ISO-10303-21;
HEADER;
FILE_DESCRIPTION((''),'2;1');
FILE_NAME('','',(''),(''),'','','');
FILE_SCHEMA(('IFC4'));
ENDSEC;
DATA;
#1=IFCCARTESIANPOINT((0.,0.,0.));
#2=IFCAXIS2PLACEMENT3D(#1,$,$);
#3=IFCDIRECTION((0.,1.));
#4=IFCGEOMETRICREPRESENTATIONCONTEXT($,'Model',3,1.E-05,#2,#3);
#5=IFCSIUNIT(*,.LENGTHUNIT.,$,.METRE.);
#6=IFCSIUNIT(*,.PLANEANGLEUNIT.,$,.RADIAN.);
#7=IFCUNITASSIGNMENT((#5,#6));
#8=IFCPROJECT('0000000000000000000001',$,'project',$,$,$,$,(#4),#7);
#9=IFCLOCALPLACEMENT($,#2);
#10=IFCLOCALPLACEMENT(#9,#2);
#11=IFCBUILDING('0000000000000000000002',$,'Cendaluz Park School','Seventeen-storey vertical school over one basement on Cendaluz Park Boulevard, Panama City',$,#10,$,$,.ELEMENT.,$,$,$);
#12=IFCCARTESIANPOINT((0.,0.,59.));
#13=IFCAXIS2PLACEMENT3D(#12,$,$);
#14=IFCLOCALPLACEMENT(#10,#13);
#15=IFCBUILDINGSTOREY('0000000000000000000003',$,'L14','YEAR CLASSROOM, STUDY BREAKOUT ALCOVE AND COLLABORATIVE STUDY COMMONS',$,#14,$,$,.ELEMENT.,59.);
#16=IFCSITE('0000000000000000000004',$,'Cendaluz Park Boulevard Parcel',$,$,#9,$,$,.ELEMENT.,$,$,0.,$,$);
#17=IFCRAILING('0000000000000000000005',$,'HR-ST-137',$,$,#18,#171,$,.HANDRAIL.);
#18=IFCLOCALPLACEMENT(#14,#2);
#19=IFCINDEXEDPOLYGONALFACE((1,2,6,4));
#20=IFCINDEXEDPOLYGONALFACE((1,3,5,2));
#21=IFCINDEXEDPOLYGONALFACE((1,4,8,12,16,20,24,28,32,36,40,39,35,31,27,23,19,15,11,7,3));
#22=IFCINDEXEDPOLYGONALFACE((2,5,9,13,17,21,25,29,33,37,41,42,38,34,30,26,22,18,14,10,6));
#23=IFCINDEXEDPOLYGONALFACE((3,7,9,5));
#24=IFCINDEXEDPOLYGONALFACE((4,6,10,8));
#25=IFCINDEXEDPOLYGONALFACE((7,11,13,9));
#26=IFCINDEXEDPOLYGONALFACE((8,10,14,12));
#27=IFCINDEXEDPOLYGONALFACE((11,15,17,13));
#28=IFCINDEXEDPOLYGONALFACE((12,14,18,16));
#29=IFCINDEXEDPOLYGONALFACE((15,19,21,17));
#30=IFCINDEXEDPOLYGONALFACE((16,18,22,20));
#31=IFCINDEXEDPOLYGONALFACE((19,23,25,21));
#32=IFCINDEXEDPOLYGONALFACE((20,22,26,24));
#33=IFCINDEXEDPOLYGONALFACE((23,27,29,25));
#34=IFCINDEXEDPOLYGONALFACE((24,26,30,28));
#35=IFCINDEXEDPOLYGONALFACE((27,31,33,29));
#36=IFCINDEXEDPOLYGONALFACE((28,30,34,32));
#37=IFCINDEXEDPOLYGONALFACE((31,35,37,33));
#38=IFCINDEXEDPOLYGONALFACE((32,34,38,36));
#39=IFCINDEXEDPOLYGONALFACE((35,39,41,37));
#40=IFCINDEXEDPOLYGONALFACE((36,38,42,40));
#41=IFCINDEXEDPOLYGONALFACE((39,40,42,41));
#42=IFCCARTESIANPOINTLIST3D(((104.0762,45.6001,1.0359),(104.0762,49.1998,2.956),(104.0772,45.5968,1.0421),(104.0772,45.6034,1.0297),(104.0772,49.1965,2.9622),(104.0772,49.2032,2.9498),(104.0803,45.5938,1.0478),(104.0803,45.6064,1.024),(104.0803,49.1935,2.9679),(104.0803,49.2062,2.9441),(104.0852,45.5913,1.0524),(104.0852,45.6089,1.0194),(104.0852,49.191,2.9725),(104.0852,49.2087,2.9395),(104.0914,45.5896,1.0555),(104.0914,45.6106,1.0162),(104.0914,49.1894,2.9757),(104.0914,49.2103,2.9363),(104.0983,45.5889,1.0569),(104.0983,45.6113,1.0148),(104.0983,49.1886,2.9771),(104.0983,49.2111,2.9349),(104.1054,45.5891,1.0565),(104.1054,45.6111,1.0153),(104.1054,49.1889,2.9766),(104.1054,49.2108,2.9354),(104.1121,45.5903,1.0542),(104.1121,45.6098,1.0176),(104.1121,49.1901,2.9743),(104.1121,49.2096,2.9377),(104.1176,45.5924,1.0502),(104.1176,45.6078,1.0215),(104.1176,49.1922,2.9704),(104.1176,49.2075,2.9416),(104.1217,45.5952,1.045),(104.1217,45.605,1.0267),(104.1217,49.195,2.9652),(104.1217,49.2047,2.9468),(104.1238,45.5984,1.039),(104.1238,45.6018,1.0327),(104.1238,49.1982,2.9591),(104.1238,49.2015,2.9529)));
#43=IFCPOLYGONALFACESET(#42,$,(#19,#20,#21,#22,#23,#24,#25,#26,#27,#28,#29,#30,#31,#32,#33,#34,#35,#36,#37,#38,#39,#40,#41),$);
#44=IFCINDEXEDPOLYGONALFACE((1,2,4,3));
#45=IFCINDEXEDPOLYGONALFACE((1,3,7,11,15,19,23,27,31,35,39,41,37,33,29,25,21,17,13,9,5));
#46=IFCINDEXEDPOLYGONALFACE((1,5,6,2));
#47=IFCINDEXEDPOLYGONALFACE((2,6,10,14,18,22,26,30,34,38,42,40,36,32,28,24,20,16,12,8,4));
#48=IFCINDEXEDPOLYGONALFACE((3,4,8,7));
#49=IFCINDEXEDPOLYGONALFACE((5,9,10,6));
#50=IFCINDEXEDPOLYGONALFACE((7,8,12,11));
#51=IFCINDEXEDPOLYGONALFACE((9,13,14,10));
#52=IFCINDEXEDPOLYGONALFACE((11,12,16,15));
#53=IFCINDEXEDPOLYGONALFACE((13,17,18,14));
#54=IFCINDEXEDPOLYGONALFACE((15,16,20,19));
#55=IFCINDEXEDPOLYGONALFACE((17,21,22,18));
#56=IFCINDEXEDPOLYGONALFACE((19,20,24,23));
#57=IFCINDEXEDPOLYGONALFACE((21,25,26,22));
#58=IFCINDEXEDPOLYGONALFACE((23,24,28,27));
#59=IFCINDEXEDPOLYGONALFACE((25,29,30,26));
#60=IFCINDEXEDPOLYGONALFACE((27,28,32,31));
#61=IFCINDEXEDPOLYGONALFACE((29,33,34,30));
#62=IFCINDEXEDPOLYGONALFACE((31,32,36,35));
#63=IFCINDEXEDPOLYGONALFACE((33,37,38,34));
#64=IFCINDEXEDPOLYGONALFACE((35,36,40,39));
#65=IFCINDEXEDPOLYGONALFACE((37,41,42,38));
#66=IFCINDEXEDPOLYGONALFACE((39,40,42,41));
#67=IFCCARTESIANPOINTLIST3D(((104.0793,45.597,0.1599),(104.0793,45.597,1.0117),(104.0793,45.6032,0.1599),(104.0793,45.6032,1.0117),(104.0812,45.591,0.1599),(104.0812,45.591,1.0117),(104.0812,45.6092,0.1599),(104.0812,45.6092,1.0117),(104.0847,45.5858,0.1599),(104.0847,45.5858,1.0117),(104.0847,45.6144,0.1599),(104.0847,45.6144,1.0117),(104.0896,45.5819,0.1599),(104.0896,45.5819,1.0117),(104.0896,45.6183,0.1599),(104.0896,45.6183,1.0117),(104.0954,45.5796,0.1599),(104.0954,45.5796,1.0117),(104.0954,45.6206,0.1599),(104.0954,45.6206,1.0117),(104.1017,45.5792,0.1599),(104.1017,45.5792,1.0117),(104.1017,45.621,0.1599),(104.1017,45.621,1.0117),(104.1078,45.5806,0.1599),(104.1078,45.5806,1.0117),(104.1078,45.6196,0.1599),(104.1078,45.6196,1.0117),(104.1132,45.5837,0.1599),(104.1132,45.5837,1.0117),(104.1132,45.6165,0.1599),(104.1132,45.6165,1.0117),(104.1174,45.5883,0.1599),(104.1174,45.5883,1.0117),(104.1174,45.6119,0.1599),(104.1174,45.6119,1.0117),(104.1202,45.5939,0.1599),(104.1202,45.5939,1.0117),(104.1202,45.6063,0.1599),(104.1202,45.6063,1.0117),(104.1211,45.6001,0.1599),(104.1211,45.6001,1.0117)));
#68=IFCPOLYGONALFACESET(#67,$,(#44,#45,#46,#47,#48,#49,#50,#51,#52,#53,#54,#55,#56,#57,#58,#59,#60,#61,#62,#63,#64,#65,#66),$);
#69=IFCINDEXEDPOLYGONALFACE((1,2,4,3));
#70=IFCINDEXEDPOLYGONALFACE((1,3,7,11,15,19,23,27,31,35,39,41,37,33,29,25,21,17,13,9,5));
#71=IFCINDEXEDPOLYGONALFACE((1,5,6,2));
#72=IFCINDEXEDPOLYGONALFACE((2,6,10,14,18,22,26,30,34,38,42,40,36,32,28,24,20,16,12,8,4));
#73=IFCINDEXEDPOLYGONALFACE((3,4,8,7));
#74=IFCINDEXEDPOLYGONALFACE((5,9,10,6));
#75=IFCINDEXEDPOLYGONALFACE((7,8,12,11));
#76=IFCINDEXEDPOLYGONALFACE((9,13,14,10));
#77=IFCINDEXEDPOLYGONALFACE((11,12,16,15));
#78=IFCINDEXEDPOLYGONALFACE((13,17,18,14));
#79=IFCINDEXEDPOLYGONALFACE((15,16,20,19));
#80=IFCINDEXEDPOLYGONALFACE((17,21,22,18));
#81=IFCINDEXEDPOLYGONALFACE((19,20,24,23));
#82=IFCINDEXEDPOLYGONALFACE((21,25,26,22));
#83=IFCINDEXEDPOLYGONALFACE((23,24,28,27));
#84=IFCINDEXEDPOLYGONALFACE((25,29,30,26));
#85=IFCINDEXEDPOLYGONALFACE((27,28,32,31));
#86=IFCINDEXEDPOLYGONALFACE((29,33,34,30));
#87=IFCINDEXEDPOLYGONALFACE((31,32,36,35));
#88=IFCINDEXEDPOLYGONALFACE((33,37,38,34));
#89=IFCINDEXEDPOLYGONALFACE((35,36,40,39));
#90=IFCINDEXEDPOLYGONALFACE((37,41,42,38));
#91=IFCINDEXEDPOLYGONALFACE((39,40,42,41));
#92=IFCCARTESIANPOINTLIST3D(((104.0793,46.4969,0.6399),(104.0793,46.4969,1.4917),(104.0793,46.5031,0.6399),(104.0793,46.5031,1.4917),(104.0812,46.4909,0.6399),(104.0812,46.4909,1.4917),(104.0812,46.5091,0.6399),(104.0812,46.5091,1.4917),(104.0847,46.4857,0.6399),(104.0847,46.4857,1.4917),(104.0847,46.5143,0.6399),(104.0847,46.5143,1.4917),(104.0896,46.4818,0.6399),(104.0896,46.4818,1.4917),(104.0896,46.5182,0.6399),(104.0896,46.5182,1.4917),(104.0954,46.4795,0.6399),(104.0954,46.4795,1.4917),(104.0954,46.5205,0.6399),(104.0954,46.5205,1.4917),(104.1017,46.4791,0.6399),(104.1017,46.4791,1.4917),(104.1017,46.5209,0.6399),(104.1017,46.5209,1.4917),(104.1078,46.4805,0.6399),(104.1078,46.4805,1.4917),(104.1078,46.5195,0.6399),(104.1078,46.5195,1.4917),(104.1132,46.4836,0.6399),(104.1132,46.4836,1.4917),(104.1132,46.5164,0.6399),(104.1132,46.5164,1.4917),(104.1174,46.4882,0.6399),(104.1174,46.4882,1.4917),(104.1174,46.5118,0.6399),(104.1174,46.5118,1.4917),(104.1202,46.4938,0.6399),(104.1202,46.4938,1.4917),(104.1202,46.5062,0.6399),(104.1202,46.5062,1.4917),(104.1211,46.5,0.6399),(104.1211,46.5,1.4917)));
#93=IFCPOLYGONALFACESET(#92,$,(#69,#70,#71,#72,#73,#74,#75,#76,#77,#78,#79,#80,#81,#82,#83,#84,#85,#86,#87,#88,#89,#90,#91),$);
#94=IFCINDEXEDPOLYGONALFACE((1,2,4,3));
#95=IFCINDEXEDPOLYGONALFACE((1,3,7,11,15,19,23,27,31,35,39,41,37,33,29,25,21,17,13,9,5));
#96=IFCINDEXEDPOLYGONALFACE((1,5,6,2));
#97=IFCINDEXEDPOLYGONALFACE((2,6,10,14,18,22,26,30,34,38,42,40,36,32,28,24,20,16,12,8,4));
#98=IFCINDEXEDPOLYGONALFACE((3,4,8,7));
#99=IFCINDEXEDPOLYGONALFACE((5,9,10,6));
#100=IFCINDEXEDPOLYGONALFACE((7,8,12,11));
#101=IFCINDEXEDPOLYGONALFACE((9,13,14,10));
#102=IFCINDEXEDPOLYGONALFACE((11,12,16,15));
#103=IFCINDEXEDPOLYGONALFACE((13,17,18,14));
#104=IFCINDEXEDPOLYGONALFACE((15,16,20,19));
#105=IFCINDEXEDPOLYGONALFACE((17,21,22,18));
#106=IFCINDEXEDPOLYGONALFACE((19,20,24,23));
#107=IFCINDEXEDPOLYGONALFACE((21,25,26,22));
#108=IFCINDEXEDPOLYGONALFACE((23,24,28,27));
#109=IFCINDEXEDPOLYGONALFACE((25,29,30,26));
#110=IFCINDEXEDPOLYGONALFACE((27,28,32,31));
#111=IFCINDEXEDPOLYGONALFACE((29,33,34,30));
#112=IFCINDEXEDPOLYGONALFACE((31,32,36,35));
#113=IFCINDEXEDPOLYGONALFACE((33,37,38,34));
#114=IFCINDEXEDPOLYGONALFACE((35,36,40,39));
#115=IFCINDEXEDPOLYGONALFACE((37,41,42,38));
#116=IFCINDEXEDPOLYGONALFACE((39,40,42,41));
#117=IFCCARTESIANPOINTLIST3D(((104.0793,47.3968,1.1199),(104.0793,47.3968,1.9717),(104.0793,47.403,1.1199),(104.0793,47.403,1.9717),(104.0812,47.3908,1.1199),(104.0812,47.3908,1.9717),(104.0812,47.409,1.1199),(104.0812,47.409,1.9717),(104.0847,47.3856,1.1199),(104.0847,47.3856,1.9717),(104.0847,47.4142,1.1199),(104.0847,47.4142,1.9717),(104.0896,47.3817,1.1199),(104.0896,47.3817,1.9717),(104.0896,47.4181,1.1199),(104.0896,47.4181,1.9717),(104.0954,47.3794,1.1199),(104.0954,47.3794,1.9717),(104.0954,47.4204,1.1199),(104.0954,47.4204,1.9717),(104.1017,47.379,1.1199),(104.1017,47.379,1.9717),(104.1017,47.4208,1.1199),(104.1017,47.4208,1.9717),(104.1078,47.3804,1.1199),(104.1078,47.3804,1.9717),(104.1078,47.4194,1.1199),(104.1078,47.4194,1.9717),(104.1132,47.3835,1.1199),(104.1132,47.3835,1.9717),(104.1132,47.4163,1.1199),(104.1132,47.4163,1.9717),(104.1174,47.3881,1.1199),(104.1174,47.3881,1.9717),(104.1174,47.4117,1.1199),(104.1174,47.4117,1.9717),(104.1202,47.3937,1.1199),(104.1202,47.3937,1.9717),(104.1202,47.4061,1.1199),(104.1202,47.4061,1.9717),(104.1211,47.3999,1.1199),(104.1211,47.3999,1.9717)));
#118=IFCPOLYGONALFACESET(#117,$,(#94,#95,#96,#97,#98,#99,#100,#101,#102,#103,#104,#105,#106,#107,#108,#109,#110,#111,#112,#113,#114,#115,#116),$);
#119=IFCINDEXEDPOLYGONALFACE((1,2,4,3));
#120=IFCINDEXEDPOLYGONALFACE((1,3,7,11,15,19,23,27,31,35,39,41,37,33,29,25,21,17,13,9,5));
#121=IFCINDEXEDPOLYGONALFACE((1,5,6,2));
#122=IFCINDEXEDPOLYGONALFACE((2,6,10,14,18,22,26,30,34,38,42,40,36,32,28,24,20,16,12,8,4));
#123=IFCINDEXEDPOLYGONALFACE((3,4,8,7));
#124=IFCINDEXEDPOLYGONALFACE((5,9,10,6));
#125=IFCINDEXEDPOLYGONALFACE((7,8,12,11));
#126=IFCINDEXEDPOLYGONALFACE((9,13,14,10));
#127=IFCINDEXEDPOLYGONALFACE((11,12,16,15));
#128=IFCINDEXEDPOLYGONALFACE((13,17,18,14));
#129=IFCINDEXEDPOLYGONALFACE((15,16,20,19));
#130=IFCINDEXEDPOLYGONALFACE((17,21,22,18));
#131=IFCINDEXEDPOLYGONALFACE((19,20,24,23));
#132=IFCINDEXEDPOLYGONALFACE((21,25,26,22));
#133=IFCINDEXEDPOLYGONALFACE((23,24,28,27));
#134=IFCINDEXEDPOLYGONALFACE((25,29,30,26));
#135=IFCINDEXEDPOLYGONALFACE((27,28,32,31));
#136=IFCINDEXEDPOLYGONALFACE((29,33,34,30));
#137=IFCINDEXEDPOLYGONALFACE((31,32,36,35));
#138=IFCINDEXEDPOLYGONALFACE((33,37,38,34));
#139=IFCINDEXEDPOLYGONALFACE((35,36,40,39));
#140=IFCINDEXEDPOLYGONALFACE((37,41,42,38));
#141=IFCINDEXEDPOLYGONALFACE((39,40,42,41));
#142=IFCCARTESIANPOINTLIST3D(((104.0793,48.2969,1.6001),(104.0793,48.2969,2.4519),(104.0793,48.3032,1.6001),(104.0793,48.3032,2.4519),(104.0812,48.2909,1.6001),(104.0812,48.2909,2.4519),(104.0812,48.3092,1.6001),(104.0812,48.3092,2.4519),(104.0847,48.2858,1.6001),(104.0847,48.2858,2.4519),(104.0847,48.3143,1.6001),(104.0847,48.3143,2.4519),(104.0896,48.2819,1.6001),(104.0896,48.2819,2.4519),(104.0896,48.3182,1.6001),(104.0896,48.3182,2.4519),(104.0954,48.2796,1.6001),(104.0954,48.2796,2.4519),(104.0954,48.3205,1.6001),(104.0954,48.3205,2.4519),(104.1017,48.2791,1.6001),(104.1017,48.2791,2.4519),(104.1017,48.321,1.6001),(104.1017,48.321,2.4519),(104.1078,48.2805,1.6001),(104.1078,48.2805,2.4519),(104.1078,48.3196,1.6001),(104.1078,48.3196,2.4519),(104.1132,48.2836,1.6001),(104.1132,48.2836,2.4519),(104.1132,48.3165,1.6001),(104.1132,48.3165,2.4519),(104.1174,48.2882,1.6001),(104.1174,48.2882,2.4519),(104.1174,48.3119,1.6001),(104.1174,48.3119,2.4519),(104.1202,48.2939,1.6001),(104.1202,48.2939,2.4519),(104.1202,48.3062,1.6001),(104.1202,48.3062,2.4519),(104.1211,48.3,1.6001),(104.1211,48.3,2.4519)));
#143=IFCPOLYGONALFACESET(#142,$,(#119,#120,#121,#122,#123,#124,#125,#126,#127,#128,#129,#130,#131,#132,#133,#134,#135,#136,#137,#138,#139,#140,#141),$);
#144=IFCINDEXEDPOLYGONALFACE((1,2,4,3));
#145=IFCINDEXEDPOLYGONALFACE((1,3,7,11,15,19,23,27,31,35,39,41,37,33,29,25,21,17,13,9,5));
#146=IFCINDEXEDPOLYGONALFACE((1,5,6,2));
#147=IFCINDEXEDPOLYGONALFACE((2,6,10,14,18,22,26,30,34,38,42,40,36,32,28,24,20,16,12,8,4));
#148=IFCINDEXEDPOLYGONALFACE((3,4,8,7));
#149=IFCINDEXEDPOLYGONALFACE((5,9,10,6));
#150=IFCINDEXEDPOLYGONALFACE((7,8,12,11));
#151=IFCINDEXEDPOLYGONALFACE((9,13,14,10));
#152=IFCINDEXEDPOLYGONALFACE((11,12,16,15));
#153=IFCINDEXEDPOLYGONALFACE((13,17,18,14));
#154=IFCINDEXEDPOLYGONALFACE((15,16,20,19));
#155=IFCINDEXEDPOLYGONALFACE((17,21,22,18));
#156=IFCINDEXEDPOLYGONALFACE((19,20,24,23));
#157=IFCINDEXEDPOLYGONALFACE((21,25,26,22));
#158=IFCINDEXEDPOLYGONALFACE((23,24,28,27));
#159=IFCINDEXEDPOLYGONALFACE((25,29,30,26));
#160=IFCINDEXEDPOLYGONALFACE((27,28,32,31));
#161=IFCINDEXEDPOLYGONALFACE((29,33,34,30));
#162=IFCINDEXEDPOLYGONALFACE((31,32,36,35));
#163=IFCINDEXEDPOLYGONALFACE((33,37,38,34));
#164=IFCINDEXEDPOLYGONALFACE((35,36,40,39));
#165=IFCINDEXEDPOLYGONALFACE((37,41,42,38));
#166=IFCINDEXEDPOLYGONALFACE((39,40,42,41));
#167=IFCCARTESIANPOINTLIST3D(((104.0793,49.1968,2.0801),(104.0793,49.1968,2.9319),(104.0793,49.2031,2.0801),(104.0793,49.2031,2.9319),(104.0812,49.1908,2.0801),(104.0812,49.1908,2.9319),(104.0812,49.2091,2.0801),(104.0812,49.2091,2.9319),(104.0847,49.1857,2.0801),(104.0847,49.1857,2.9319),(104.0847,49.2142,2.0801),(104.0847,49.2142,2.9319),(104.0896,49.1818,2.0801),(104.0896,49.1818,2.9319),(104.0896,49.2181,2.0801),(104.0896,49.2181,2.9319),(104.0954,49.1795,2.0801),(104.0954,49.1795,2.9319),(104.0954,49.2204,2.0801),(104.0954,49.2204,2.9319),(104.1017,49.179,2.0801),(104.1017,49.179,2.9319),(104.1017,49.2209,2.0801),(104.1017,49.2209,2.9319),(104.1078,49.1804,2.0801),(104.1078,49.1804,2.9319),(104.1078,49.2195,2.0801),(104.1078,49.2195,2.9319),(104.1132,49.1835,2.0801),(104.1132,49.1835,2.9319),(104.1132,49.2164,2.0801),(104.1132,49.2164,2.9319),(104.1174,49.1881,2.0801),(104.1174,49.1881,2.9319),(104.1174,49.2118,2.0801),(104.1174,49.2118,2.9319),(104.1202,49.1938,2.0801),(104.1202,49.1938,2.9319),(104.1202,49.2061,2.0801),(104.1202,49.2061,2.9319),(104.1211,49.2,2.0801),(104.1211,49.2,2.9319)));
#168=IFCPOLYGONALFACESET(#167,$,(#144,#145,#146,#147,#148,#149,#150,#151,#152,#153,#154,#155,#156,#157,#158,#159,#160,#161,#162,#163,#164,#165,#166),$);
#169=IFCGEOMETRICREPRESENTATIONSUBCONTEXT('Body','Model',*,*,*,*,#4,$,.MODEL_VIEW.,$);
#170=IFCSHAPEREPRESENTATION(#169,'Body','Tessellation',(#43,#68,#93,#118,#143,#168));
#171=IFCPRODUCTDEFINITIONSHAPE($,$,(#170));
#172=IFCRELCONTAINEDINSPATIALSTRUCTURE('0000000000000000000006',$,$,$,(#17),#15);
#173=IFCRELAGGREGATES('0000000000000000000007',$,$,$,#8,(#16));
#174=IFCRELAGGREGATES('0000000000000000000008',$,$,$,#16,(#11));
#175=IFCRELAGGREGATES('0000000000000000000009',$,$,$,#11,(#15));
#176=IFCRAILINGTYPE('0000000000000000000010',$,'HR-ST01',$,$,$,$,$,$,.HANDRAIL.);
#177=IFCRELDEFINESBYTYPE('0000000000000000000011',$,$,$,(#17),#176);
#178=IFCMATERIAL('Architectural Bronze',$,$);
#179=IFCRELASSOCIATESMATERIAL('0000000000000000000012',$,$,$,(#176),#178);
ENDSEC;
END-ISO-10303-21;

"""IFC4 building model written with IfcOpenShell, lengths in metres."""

from ifc_helpers import new_model, si_unit, direction, frame, origin, origin_2d, place, context, subcontext, project, spatial, circle, extrude, material, type_object, element, save


model = new_model("IFC4")

# Units and contexts
model_context = context("Model", 3, precision=1e-05, world=origin(), true_north=direction((0.0, 1.0)))
body_context = subcontext(model_context, "Body", "Model", "MODEL_VIEW")
ifc_project = project(units=[si_unit("LENGTHUNIT", "METRE"), si_unit("PLANEANGLEUNIT", "RADIAN")], contexts=[model_context])

# Site, building, storey
site_placement = place(None, origin())
site = spatial("IfcSite", under=ifc_project, at=site_placement, Name="Cendaluz Park Boulevard Parcel", CompositionType="ELEMENT", RefElevation=0.0)
building_placement = place(site_placement, origin())
building = spatial("IfcBuilding", under=site, at=building_placement, Name="Cendaluz Park School", Description="Seventeen-storey vertical school over one basement on Cendaluz Park Boulevard, Panama City", CompositionType="ELEMENT")
storey_placement = place(building_placement, frame((0.0, 0.0, 59.0)))
storey = spatial("IfcBuildingStorey", under=building, at=storey_placement, Name="L14", Description="YEAR CLASSROOM, STUDY BREAKOUT ALCOVE AND COLLABORATIVE STUDY COMMONS", CompositionType="ELEMENT", Elevation=59.0)

# Railing
ifc_material_1 = material(Name="Architectural Bronze")
railing_type_1 = type_object("IfcRailingType", Name="HR-ST01", PredefinedType="HANDRAIL", material=ifc_material_1)
railing_1_placement = place(storey_placement, frame((104.1001, 45.6001, 0.1599)))
element("IfcRailing", 1, at=railing_1_placement, inside=storey, type_object=railing_type_1, Name="HR-ST-137", PredefinedType="HANDRAIL", context=body_context, shape_type="SweptSolid", body=[
    extrude(circle(Radius=0.0239, at=origin_2d()), frame((0.0, 0.0, 0.876), z_axis=(0.0, 0.882328, 0.470635), x_axis=(-1.0, 0.0, 0.0)), (0.0, 0.0, 1.0), 4.0798),
    extrude(circle(Radius=0.021, at=origin_2d()), origin(), (0.0, 0.0, 1.0), 0.8518),
    extrude(circle(Radius=0.021, at=origin_2d()), frame((0.0, 0.8999, 0.48)), (0.0, 0.0, 1.0), 0.8518),
    extrude(circle(Radius=0.021, at=origin_2d()), frame((0.0, 1.7998, 0.96)), (0.0, 0.0, 1.0), 0.8518),
    extrude(circle(Radius=0.021, at=origin_2d()), frame((0.0, 2.7, 1.4402)), (0.0, 0.0, 1.0), 0.8518),
    extrude(circle(Radius=0.021, at=origin_2d()), frame((0.0, 3.5999, 1.9202)), (0.0, 0.0, 1.0), 0.8518),
])

save(model, "model.ifc")
